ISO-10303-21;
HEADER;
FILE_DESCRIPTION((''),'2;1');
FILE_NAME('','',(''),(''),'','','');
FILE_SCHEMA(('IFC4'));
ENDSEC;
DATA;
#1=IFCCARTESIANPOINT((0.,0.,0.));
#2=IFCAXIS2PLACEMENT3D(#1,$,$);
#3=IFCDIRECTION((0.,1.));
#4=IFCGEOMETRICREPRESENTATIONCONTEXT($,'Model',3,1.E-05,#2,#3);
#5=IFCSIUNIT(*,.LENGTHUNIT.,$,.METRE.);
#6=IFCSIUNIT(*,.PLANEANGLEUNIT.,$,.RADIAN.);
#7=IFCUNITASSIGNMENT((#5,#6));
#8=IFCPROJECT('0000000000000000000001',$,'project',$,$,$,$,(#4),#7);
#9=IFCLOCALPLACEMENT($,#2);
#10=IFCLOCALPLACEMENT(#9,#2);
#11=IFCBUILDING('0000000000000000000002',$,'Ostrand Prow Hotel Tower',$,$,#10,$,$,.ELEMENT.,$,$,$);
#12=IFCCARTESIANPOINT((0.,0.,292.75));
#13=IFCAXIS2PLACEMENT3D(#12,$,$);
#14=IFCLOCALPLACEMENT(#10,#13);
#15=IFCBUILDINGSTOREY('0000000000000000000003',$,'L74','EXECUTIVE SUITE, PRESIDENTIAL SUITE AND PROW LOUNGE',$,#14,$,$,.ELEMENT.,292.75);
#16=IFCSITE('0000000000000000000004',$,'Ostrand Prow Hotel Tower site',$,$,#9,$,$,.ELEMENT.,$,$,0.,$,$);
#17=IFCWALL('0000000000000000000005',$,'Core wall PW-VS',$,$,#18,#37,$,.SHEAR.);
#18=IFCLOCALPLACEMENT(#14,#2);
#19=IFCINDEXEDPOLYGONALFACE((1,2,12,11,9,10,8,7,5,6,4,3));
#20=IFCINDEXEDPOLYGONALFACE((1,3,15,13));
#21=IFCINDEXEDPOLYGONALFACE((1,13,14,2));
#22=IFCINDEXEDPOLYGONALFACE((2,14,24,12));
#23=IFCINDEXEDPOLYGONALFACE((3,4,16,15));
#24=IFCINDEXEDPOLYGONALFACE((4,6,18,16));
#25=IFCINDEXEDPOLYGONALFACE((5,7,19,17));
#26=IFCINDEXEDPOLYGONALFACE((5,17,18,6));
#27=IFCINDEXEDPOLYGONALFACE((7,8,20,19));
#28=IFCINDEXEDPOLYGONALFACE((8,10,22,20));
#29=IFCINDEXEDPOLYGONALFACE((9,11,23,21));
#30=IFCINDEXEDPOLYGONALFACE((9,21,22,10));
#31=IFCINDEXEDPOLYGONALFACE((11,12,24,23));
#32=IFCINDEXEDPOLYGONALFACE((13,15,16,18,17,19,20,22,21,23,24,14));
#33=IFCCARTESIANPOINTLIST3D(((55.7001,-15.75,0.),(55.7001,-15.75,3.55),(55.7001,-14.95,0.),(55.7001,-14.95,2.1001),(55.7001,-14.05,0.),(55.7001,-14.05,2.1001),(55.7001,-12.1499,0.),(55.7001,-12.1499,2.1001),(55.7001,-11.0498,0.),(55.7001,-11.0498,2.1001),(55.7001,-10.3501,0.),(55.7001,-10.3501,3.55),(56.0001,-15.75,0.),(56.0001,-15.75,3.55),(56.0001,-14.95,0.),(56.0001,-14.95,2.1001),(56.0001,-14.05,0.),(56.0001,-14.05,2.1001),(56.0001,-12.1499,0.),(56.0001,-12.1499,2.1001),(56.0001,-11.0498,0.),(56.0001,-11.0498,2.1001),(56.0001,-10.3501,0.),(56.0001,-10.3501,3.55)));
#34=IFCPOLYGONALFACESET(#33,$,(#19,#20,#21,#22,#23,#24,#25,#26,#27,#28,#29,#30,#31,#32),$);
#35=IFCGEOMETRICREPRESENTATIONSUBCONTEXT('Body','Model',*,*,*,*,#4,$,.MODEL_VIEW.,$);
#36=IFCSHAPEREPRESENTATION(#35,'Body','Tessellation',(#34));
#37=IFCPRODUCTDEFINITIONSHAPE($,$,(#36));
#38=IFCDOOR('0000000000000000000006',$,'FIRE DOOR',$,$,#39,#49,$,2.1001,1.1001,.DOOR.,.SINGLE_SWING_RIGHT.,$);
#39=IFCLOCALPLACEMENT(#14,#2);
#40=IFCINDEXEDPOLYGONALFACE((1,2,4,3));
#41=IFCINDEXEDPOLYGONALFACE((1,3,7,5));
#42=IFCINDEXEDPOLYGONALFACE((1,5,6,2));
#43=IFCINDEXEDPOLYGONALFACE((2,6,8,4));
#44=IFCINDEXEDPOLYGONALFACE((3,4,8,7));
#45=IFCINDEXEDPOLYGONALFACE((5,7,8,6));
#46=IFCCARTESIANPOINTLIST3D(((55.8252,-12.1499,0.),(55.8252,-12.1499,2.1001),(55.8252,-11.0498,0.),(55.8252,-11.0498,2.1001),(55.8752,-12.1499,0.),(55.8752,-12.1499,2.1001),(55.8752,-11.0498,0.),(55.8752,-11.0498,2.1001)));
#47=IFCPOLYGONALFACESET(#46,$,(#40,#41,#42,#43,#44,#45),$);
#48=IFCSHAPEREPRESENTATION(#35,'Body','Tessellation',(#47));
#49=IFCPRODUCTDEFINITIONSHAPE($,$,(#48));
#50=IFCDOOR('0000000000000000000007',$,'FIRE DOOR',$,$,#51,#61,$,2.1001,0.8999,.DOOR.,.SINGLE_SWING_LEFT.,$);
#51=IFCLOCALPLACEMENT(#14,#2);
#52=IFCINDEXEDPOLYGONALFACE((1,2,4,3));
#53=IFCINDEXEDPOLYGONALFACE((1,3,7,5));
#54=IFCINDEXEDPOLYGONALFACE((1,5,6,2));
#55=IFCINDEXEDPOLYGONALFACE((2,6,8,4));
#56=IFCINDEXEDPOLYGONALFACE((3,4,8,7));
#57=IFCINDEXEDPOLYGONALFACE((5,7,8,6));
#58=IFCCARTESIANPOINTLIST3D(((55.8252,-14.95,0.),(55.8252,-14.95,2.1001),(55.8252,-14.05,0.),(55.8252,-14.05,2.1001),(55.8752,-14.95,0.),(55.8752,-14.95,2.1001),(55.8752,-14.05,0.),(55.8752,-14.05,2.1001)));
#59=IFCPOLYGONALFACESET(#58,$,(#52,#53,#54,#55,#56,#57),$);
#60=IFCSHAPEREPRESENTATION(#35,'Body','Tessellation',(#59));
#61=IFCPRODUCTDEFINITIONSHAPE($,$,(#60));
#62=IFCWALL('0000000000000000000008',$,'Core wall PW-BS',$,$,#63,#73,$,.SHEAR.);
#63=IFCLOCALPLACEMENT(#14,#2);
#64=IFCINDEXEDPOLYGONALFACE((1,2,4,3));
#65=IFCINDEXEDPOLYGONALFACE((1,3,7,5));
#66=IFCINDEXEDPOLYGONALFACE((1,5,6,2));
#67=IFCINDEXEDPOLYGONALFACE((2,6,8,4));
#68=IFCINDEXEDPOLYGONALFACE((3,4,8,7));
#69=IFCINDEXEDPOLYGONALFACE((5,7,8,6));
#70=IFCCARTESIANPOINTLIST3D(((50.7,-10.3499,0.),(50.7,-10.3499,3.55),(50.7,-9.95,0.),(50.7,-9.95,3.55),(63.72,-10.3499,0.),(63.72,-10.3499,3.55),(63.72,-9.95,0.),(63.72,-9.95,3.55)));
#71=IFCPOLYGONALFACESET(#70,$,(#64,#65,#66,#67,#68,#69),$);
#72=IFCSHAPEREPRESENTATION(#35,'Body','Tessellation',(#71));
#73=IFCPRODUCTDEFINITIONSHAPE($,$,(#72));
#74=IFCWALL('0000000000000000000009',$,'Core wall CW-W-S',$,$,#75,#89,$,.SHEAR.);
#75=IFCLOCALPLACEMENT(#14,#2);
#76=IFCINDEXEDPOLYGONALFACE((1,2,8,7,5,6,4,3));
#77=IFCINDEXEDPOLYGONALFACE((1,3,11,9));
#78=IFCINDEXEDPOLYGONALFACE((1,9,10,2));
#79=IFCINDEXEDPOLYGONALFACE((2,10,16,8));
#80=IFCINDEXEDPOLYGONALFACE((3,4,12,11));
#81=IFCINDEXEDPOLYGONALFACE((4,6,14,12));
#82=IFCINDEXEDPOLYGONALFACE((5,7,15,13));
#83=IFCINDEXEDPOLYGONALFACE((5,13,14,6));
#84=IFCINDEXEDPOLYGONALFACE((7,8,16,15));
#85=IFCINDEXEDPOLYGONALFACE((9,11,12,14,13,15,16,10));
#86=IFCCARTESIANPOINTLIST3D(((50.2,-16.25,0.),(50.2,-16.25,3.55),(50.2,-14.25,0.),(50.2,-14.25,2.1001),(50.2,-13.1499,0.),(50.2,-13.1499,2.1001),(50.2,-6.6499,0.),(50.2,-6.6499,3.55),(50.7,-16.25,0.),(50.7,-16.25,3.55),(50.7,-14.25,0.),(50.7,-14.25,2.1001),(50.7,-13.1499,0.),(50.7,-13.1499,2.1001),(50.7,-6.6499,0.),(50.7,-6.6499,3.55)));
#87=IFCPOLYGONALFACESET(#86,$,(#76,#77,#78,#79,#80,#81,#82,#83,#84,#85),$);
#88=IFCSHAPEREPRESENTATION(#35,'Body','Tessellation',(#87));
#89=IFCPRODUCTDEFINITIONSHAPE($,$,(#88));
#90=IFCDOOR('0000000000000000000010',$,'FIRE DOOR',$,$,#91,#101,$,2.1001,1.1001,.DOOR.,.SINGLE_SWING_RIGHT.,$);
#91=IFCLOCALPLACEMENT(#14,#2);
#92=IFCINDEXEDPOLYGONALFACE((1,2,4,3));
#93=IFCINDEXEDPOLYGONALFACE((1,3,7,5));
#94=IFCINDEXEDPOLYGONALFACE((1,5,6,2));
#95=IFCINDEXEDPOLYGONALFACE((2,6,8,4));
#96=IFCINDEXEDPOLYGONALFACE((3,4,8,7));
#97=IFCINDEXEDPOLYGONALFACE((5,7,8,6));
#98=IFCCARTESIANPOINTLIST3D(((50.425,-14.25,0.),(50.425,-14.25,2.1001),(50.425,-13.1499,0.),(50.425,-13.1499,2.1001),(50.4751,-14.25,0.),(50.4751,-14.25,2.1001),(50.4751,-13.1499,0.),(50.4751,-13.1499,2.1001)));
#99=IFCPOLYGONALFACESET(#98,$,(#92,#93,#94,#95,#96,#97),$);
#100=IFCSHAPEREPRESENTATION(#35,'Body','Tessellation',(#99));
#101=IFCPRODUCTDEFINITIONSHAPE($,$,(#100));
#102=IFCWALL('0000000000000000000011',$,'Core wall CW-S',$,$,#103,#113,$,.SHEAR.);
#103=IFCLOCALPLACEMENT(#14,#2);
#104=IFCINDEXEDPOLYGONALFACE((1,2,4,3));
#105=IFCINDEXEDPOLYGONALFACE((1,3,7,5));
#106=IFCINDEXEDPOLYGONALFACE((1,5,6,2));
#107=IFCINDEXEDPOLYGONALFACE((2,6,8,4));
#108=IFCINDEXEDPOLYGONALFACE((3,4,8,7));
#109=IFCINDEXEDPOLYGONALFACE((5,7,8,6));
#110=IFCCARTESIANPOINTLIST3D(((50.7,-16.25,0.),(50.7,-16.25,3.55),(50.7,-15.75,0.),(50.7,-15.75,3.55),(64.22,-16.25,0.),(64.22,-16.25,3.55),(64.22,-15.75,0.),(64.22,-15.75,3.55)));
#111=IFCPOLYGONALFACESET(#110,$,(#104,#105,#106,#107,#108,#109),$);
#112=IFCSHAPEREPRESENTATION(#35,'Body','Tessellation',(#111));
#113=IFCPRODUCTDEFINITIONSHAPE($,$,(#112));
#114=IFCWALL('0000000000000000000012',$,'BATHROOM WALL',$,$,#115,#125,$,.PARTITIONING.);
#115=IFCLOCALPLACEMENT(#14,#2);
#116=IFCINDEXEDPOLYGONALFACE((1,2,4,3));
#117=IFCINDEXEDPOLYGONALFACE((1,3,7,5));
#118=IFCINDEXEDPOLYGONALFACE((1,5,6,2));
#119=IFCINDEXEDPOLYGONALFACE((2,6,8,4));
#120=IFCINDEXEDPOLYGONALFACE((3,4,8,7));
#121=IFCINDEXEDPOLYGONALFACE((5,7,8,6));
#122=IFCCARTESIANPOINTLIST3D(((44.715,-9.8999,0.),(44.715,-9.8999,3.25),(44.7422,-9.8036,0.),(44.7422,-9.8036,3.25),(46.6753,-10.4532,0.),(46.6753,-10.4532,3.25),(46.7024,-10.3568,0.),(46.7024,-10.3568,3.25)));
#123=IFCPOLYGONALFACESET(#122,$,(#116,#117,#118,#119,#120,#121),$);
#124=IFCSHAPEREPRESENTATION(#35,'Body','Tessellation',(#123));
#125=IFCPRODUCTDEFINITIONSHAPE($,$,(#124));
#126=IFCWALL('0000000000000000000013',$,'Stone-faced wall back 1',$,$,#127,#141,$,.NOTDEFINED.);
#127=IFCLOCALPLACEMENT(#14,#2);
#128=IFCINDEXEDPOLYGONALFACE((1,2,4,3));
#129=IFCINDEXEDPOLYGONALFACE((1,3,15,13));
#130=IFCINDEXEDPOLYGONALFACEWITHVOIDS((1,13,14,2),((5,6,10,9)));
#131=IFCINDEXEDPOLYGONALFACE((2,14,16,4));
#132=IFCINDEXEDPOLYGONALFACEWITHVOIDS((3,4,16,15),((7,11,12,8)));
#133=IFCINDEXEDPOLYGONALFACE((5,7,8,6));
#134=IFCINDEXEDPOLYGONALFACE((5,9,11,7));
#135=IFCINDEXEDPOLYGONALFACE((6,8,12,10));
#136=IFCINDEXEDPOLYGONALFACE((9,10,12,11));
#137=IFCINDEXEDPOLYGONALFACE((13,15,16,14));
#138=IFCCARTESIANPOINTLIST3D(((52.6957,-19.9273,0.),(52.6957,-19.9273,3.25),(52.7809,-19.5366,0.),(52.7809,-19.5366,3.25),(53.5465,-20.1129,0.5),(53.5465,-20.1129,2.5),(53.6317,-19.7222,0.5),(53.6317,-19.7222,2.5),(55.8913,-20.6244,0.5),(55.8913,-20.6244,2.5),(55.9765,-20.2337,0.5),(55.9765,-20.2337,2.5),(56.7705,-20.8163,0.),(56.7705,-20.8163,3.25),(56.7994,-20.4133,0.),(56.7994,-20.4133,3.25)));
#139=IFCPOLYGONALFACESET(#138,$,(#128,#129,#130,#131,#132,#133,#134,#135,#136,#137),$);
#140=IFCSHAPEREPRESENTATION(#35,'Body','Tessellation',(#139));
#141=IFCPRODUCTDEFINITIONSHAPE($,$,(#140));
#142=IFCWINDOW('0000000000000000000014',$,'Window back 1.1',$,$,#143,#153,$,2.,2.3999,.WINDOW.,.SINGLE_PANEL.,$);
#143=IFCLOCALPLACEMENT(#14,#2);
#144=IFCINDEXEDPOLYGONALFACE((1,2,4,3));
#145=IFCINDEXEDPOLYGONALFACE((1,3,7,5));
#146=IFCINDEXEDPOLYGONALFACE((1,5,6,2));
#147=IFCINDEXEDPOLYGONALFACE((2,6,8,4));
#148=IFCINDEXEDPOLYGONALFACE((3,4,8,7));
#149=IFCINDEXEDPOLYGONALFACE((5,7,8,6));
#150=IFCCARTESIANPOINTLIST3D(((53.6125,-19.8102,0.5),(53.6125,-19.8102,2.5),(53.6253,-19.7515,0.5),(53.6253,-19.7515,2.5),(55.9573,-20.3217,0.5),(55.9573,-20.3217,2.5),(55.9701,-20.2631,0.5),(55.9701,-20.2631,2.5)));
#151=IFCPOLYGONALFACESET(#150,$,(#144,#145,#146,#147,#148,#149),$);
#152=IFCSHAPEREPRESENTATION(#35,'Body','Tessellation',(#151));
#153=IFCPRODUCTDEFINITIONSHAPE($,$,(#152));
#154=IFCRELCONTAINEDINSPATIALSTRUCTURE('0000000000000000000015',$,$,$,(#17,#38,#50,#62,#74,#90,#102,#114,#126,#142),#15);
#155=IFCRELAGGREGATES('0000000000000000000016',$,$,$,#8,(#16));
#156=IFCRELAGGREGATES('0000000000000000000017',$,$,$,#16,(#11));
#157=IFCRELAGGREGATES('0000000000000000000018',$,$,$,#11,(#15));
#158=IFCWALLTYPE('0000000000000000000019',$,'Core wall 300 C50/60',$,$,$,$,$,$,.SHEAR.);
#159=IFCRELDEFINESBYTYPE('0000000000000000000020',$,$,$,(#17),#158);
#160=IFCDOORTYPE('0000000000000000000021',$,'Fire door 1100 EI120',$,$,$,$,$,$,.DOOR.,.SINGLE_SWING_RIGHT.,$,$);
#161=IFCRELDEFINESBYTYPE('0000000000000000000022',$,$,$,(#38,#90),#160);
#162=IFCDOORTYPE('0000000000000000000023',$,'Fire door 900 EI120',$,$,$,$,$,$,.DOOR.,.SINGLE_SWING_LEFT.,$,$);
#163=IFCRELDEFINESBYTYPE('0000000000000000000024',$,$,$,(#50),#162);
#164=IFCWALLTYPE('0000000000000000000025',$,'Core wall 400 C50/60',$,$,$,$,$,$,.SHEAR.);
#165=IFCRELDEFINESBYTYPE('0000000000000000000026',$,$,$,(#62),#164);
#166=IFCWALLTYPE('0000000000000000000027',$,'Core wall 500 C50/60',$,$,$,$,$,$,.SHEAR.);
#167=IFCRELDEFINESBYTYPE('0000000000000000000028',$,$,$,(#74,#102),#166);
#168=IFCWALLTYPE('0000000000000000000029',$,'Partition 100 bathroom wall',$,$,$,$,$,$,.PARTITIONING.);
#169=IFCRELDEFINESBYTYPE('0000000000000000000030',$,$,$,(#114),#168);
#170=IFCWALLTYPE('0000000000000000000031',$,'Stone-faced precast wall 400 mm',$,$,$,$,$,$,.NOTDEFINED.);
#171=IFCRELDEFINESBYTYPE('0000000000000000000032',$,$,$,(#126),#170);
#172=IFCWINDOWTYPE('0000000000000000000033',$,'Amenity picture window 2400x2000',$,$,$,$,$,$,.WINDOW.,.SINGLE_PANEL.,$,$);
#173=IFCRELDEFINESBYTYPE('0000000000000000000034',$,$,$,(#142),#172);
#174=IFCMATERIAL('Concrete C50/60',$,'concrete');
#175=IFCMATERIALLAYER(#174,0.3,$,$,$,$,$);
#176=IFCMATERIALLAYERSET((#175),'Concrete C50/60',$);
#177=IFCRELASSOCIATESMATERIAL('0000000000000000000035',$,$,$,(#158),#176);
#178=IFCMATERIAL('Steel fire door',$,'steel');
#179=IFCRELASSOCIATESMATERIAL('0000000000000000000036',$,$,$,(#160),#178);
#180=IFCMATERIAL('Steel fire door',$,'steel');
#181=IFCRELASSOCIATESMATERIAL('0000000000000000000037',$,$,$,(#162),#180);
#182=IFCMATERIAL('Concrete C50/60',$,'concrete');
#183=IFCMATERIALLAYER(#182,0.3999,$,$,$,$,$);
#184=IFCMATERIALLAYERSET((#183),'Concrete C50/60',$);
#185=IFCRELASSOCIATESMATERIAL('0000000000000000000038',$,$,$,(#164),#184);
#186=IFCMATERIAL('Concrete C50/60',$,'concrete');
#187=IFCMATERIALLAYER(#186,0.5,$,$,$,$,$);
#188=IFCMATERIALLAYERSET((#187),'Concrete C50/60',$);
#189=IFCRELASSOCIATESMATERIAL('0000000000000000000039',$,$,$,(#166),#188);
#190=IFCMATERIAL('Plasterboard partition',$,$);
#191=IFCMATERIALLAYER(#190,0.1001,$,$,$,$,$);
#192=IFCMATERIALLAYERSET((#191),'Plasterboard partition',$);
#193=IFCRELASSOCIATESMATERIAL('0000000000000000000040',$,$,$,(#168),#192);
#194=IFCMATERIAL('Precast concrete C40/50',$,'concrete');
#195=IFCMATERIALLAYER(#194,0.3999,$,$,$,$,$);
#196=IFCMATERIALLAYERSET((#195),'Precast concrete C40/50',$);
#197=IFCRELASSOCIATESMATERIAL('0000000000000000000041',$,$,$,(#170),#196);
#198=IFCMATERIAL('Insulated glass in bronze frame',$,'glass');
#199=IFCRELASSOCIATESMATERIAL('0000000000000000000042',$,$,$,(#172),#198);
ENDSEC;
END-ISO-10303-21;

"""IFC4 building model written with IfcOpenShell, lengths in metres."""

from ifc_helpers import new_model, si_unit, direction, frame, frame_2d, origin, place, context, subcontext, project, spatial, polyline, rectangle, outline, extrude, material, layer, layer_set, type_object, element, fill, save


model = new_model("IFC4")

# Units and contexts
model_context = context("Model", 3, precision=1e-05, world=origin(), true_north=direction((0.0, 1.0)))
body_context = subcontext(model_context, "Body", "Model", "MODEL_VIEW")
ifc_project = project(units=[si_unit("LENGTHUNIT", "METRE"), si_unit("PLANEANGLEUNIT", "RADIAN")], contexts=[model_context])

# Site, building, storey
site_placement = place(None, origin())
site = spatial("IfcSite", under=ifc_project, at=site_placement, Name="Ostrand Prow Hotel Tower site", CompositionType="ELEMENT", RefElevation=0.0)
building_placement = place(site_placement, origin())
building = spatial("IfcBuilding", under=site, at=building_placement, Name="Ostrand Prow Hotel Tower", CompositionType="ELEMENT")
storey_placement = place(building_placement, frame((0.0, 0.0, 292.75)))
storey = spatial("IfcBuildingStorey", under=building, at=storey_placement, Name="L74", Description="EXECUTIVE SUITE, PRESIDENTIAL SUITE AND PROW LOUNGE", CompositionType="ELEMENT", Elevation=292.75)

# Wall, openings, doors
ifc_material_1 = material(Name="Concrete C50/60", Category="concrete")
ifc_layer_1 = layer(ifc_material_1, 0.3)
ifc_layer_set_1 = layer_set([ifc_layer_1], Name="Concrete C50/60")
wall_type_1 = type_object("IfcWallType", Name="Core wall 300 C50/60", PredefinedType="SHEAR", material=ifc_layer_set_1)
wall_1_placement = place(storey_placement, frame((55.8501, -15.75, 0.0), z_axis=(0.0, 0.0, 1.0), x_axis=(0.0, 1.0, 0.0)))
wall_1 = element("IfcWall", 1, at=wall_1_placement, inside=storey, type_object=wall_type_1, Name="Core wall PW-VS", PredefinedType="SHEAR", context=body_context, shape_type="SweptSolid", body=[
    extrude(rectangle(XDim=5.3999, YDim=0.3, at=frame_2d((2.7, 0.0))), origin(), (0.0, 0.0, 1.0), 3.55),
])
opening_1_placement = place(wall_1_placement, frame((3.6001, 0.0, 0.0)))
opening_1 = element("IfcOpeningElement", 2, at=opening_1_placement, cuts=wall_1, PredefinedType="OPENING", context=body_context, shape_type="SweptSolid", body=[
    extrude(rectangle(XDim=1.1001, YDim=2.1001, at=frame_2d((0.55, 1.05))), frame((0.0, 0.1599, 0.0), z_axis=(0.0, -1.0, 0.0), x_axis=(1.0, 0.0, 0.0)), (0.0, 0.0, 1.0), 0.3201),
])
opening_2_placement = place(wall_1_placement, frame((0.8, 0.0, 0.0)))
opening_2 = element("IfcOpeningElement", 3, at=opening_2_placement, cuts=wall_1, PredefinedType="OPENING", context=body_context, shape_type="SweptSolid", body=[
    extrude(rectangle(XDim=0.8999, YDim=2.1001, at=frame_2d((0.45, 1.05))), frame((0.0, 0.1599, 0.0), z_axis=(0.0, -1.0, 0.0), x_axis=(1.0, 0.0, 0.0)), (0.0, 0.0, 1.0), 0.3201),
])
ifc_material_2 = material(Name="Steel fire door", Category="steel")
door_type_1 = type_object("IfcDoorType", Name="Fire door 1100 EI120", OperationType="SINGLE_SWING_RIGHT", PredefinedType="DOOR", material=ifc_material_2)
door_1_placement = place(opening_1_placement, origin())
door_1 = element("IfcDoor", 4, at=door_1_placement, inside=storey, type_object=door_type_1, Name="FIRE DOOR", OperationType="SINGLE_SWING_RIGHT", OverallHeight=2.1001, OverallWidth=1.1001, PredefinedType="DOOR", context=body_context, shape_type="SweptSolid", body=[
    extrude(rectangle(XDim=1.1001, YDim=2.1001, at=frame_2d((0.55, 1.05))), frame((0.0, 0.0249, 0.0), z_axis=(0.0, -1.0, 0.0), x_axis=(1.0, 0.0, 0.0)), (0.0, 0.0, 1.0), 0.05),
])
fill(opening_1, door_1)
ifc_material_3 = material(Name="Steel fire door", Category="steel")
door_type_2 = type_object("IfcDoorType", Name="Fire door 900 EI120", OperationType="SINGLE_SWING_LEFT", PredefinedType="DOOR", material=ifc_material_3)
door_2_placement = place(opening_2_placement, origin())
door_2 = element("IfcDoor", 5, at=door_2_placement, inside=storey, type_object=door_type_2, Name="FIRE DOOR", OperationType="SINGLE_SWING_LEFT", OverallHeight=2.1001, OverallWidth=0.8999, PredefinedType="DOOR", context=body_context, shape_type="SweptSolid", body=[
    extrude(rectangle(XDim=0.8999, YDim=2.1001, at=frame_2d((0.45, 1.05))), frame((0.0, 0.0249, 0.0), z_axis=(0.0, -1.0, 0.0), x_axis=(1.0, 0.0, 0.0)), (0.0, 0.0, 1.0), 0.05),
])
fill(opening_2, door_2)

# Wall
ifc_material_4 = material(Name="Concrete C50/60", Category="concrete")
ifc_layer_2 = layer(ifc_material_4, 0.3999)
ifc_layer_set_2 = layer_set([ifc_layer_2], Name="Concrete C50/60")
wall_type_2 = type_object("IfcWallType", Name="Core wall 400 C50/60", PredefinedType="SHEAR", material=ifc_layer_set_2)
wall_2_placement = place(storey_placement, frame((50.7, -10.1499, 0.0), z_axis=(0.0, 0.0, 1.0), x_axis=(1.0, 0.0, 0.0)))
element("IfcWall", 6, at=wall_2_placement, inside=storey, type_object=wall_type_2, Name="Core wall PW-BS", PredefinedType="SHEAR", context=body_context, shape_type="SweptSolid", body=[
    extrude(rectangle(XDim=13.02, YDim=0.3999, at=frame_2d((6.51, 0.0))), origin(), (0.0, 0.0, 1.0), 3.55),
])

# Wall, opening, door
ifc_material_5 = material(Name="Concrete C50/60", Category="concrete")
ifc_layer_3 = layer(ifc_material_5, 0.5)
ifc_layer_set_3 = layer_set([ifc_layer_3], Name="Concrete C50/60")
wall_type_3 = type_object("IfcWallType", Name="Core wall 500 C50/60", PredefinedType="SHEAR", material=ifc_layer_set_3)
wall_3_placement = place(storey_placement, frame((50.45, -16.25, 0.0), z_axis=(0.0, 0.0, 1.0), x_axis=(0.0, 1.0, 0.0)))
wall_3 = element("IfcWall", 7, at=wall_3_placement, inside=storey, type_object=wall_type_3, Name="Core wall CW-W-S", PredefinedType="SHEAR", context=body_context, shape_type="SweptSolid", body=[
    extrude(rectangle(XDim=9.6001, YDim=0.5, at=frame_2d((4.8, 0.0))), origin(), (0.0, 0.0, 1.0), 3.55),
])
opening_3_placement = place(wall_3_placement, frame((2.0, 0.0, 0.0)))
opening_3 = element("IfcOpeningElement", 8, at=opening_3_placement, cuts=wall_3, PredefinedType="OPENING", context=body_context, shape_type="SweptSolid", body=[
    extrude(rectangle(XDim=1.1001, YDim=2.1001, at=frame_2d((0.55, 1.05))), frame((0.0, 0.26, 0.0), z_axis=(0.0, -1.0, 0.0), x_axis=(1.0, 0.0, 0.0)), (0.0, 0.0, 1.0), 0.52),
])
door_3_placement = place(opening_3_placement, origin())
door_3 = element("IfcDoor", 9, at=door_3_placement, inside=storey, type_object=door_type_1, Name="FIRE DOOR", OperationType="SINGLE_SWING_RIGHT", OverallHeight=2.1001, OverallWidth=1.1001, PredefinedType="DOOR", context=body_context, shape_type="SweptSolid", body=[
    extrude(rectangle(XDim=1.1001, YDim=2.1001, at=frame_2d((0.55, 1.05))), frame((0.0, 0.0249, 0.0), z_axis=(0.0, -1.0, 0.0), x_axis=(1.0, 0.0, 0.0)), (0.0, 0.0, 1.0), 0.05),
])
fill(opening_3, door_3)

# Walls
wall_4_placement = place(storey_placement, frame((50.7, -16.0, 0.0), z_axis=(0.0, 0.0, 1.0), x_axis=(1.0, 0.0, 0.0)))
element("IfcWall", 10, at=wall_4_placement, inside=storey, type_object=wall_type_3, Name="Core wall CW-S", PredefinedType="SHEAR", context=body_context, shape_type="SweptSolid", body=[
    extrude(rectangle(XDim=13.52, YDim=0.5, at=frame_2d((6.76, 0.0))), origin(), (0.0, 0.0, 1.0), 3.55),
])
ifc_material_6 = material(Name="Plasterboard partition")
ifc_layer_4 = layer(ifc_material_6, 0.1001)
ifc_layer_set_4 = layer_set([ifc_layer_4], Name="Plasterboard partition")
wall_type_4 = type_object("IfcWallType", Name="Partition 100 bathroom wall", PredefinedType="PARTITIONING", material=ifc_layer_set_4)
wall_5_placement = place(storey_placement, frame((46.689, -10.405, 0.0), z_axis=(0.0, 0.0, 1.0), x_axis=(-0.962405, 0.271617, 0.0)))
element("IfcWall", 11, at=wall_5_placement, inside=storey, type_object=wall_type_4, Name="BATHROOM WALL", PredefinedType="PARTITIONING", context=body_context, shape_type="SweptSolid", body=[
    extrude(rectangle(XDim=2.0369, YDim=0.1001, at=frame_2d((1.0186, 0.0))), origin(), (0.0, 0.0, 1.0), 3.25),
])

# Wall, opening, window
ifc_material_7 = material(Name="Precast concrete C40/50", Category="concrete")
ifc_layer_5 = layer(ifc_material_7, 0.3999)
ifc_layer_set_5 = layer_set([ifc_layer_5], Name="Precast concrete C40/50")
wall_type_5 = type_object("IfcWallType", Name="Stone-faced precast wall 400 mm", PredefinedType="NOTDEFINED", material=ifc_layer_set_5)
wall_6_placement = place(storey_placement, frame((52.7383, -19.7319, 0.0), z_axis=(0.0, 0.0, 1.0), x_axis=(0.97702, -0.213147, 0.0)))
wall_6 = element("IfcWall", 12, at=wall_6_placement, inside=storey, type_object=wall_type_5, Name="Stone-faced wall back 1", PredefinedType="NOTDEFINED", context=body_context, shape_type="SweptSolid", body=[
    extrude(outline(polyline([(0.0, -0.2), (4.1707, -0.2), (4.113, 0.2), (0.0, 0.2), (0.0, -0.2)])), origin(), (0.0, 0.0, 1.0), 3.25),
])
opening_4_placement = place(wall_6_placement, frame((0.8708, 0.0, 0.5)))
opening_4 = element("IfcOpeningElement", 13, at=opening_4_placement, cuts=wall_6, PredefinedType="OPENING", context=body_context, shape_type="SweptSolid", body=[
    extrude(rectangle(XDim=2.3999, YDim=2.0, at=frame_2d((1.2, 1.0))), frame((0.0, 0.21, 0.0), z_axis=(0.0, -1.0, 0.0), x_axis=(1.0, 0.0, 0.0)), (0.0, 0.0, 1.0), 0.4199),
])
ifc_material_8 = material(Name="Insulated glass in bronze frame", Category="glass")
window_type = type_object("IfcWindowType", Name="Amenity picture window 2400x2000", PartitioningType="SINGLE_PANEL", PredefinedType="WINDOW", material=ifc_material_8)
window_placement = place(opening_4_placement, origin())
window = element("IfcWindow", 14, at=window_placement, inside=storey, type_object=window_type, Name="Window back 1.1", OverallHeight=2.0, OverallWidth=2.3999, PartitioningType="SINGLE_PANEL", PredefinedType="WINDOW", context=body_context, shape_type="SweptSolid", body=[
    extrude(rectangle(XDim=2.3999, YDim=2.0, at=frame_2d((1.2, 1.0))), frame((0.0, 0.1699, 0.0), z_axis=(0.0, -1.0, 0.0), x_axis=(1.0, 0.0, 0.0)), (0.0, 0.0, 1.0), 0.0601),
])
fill(opening_4, window)

save(model, "model.ifc")
